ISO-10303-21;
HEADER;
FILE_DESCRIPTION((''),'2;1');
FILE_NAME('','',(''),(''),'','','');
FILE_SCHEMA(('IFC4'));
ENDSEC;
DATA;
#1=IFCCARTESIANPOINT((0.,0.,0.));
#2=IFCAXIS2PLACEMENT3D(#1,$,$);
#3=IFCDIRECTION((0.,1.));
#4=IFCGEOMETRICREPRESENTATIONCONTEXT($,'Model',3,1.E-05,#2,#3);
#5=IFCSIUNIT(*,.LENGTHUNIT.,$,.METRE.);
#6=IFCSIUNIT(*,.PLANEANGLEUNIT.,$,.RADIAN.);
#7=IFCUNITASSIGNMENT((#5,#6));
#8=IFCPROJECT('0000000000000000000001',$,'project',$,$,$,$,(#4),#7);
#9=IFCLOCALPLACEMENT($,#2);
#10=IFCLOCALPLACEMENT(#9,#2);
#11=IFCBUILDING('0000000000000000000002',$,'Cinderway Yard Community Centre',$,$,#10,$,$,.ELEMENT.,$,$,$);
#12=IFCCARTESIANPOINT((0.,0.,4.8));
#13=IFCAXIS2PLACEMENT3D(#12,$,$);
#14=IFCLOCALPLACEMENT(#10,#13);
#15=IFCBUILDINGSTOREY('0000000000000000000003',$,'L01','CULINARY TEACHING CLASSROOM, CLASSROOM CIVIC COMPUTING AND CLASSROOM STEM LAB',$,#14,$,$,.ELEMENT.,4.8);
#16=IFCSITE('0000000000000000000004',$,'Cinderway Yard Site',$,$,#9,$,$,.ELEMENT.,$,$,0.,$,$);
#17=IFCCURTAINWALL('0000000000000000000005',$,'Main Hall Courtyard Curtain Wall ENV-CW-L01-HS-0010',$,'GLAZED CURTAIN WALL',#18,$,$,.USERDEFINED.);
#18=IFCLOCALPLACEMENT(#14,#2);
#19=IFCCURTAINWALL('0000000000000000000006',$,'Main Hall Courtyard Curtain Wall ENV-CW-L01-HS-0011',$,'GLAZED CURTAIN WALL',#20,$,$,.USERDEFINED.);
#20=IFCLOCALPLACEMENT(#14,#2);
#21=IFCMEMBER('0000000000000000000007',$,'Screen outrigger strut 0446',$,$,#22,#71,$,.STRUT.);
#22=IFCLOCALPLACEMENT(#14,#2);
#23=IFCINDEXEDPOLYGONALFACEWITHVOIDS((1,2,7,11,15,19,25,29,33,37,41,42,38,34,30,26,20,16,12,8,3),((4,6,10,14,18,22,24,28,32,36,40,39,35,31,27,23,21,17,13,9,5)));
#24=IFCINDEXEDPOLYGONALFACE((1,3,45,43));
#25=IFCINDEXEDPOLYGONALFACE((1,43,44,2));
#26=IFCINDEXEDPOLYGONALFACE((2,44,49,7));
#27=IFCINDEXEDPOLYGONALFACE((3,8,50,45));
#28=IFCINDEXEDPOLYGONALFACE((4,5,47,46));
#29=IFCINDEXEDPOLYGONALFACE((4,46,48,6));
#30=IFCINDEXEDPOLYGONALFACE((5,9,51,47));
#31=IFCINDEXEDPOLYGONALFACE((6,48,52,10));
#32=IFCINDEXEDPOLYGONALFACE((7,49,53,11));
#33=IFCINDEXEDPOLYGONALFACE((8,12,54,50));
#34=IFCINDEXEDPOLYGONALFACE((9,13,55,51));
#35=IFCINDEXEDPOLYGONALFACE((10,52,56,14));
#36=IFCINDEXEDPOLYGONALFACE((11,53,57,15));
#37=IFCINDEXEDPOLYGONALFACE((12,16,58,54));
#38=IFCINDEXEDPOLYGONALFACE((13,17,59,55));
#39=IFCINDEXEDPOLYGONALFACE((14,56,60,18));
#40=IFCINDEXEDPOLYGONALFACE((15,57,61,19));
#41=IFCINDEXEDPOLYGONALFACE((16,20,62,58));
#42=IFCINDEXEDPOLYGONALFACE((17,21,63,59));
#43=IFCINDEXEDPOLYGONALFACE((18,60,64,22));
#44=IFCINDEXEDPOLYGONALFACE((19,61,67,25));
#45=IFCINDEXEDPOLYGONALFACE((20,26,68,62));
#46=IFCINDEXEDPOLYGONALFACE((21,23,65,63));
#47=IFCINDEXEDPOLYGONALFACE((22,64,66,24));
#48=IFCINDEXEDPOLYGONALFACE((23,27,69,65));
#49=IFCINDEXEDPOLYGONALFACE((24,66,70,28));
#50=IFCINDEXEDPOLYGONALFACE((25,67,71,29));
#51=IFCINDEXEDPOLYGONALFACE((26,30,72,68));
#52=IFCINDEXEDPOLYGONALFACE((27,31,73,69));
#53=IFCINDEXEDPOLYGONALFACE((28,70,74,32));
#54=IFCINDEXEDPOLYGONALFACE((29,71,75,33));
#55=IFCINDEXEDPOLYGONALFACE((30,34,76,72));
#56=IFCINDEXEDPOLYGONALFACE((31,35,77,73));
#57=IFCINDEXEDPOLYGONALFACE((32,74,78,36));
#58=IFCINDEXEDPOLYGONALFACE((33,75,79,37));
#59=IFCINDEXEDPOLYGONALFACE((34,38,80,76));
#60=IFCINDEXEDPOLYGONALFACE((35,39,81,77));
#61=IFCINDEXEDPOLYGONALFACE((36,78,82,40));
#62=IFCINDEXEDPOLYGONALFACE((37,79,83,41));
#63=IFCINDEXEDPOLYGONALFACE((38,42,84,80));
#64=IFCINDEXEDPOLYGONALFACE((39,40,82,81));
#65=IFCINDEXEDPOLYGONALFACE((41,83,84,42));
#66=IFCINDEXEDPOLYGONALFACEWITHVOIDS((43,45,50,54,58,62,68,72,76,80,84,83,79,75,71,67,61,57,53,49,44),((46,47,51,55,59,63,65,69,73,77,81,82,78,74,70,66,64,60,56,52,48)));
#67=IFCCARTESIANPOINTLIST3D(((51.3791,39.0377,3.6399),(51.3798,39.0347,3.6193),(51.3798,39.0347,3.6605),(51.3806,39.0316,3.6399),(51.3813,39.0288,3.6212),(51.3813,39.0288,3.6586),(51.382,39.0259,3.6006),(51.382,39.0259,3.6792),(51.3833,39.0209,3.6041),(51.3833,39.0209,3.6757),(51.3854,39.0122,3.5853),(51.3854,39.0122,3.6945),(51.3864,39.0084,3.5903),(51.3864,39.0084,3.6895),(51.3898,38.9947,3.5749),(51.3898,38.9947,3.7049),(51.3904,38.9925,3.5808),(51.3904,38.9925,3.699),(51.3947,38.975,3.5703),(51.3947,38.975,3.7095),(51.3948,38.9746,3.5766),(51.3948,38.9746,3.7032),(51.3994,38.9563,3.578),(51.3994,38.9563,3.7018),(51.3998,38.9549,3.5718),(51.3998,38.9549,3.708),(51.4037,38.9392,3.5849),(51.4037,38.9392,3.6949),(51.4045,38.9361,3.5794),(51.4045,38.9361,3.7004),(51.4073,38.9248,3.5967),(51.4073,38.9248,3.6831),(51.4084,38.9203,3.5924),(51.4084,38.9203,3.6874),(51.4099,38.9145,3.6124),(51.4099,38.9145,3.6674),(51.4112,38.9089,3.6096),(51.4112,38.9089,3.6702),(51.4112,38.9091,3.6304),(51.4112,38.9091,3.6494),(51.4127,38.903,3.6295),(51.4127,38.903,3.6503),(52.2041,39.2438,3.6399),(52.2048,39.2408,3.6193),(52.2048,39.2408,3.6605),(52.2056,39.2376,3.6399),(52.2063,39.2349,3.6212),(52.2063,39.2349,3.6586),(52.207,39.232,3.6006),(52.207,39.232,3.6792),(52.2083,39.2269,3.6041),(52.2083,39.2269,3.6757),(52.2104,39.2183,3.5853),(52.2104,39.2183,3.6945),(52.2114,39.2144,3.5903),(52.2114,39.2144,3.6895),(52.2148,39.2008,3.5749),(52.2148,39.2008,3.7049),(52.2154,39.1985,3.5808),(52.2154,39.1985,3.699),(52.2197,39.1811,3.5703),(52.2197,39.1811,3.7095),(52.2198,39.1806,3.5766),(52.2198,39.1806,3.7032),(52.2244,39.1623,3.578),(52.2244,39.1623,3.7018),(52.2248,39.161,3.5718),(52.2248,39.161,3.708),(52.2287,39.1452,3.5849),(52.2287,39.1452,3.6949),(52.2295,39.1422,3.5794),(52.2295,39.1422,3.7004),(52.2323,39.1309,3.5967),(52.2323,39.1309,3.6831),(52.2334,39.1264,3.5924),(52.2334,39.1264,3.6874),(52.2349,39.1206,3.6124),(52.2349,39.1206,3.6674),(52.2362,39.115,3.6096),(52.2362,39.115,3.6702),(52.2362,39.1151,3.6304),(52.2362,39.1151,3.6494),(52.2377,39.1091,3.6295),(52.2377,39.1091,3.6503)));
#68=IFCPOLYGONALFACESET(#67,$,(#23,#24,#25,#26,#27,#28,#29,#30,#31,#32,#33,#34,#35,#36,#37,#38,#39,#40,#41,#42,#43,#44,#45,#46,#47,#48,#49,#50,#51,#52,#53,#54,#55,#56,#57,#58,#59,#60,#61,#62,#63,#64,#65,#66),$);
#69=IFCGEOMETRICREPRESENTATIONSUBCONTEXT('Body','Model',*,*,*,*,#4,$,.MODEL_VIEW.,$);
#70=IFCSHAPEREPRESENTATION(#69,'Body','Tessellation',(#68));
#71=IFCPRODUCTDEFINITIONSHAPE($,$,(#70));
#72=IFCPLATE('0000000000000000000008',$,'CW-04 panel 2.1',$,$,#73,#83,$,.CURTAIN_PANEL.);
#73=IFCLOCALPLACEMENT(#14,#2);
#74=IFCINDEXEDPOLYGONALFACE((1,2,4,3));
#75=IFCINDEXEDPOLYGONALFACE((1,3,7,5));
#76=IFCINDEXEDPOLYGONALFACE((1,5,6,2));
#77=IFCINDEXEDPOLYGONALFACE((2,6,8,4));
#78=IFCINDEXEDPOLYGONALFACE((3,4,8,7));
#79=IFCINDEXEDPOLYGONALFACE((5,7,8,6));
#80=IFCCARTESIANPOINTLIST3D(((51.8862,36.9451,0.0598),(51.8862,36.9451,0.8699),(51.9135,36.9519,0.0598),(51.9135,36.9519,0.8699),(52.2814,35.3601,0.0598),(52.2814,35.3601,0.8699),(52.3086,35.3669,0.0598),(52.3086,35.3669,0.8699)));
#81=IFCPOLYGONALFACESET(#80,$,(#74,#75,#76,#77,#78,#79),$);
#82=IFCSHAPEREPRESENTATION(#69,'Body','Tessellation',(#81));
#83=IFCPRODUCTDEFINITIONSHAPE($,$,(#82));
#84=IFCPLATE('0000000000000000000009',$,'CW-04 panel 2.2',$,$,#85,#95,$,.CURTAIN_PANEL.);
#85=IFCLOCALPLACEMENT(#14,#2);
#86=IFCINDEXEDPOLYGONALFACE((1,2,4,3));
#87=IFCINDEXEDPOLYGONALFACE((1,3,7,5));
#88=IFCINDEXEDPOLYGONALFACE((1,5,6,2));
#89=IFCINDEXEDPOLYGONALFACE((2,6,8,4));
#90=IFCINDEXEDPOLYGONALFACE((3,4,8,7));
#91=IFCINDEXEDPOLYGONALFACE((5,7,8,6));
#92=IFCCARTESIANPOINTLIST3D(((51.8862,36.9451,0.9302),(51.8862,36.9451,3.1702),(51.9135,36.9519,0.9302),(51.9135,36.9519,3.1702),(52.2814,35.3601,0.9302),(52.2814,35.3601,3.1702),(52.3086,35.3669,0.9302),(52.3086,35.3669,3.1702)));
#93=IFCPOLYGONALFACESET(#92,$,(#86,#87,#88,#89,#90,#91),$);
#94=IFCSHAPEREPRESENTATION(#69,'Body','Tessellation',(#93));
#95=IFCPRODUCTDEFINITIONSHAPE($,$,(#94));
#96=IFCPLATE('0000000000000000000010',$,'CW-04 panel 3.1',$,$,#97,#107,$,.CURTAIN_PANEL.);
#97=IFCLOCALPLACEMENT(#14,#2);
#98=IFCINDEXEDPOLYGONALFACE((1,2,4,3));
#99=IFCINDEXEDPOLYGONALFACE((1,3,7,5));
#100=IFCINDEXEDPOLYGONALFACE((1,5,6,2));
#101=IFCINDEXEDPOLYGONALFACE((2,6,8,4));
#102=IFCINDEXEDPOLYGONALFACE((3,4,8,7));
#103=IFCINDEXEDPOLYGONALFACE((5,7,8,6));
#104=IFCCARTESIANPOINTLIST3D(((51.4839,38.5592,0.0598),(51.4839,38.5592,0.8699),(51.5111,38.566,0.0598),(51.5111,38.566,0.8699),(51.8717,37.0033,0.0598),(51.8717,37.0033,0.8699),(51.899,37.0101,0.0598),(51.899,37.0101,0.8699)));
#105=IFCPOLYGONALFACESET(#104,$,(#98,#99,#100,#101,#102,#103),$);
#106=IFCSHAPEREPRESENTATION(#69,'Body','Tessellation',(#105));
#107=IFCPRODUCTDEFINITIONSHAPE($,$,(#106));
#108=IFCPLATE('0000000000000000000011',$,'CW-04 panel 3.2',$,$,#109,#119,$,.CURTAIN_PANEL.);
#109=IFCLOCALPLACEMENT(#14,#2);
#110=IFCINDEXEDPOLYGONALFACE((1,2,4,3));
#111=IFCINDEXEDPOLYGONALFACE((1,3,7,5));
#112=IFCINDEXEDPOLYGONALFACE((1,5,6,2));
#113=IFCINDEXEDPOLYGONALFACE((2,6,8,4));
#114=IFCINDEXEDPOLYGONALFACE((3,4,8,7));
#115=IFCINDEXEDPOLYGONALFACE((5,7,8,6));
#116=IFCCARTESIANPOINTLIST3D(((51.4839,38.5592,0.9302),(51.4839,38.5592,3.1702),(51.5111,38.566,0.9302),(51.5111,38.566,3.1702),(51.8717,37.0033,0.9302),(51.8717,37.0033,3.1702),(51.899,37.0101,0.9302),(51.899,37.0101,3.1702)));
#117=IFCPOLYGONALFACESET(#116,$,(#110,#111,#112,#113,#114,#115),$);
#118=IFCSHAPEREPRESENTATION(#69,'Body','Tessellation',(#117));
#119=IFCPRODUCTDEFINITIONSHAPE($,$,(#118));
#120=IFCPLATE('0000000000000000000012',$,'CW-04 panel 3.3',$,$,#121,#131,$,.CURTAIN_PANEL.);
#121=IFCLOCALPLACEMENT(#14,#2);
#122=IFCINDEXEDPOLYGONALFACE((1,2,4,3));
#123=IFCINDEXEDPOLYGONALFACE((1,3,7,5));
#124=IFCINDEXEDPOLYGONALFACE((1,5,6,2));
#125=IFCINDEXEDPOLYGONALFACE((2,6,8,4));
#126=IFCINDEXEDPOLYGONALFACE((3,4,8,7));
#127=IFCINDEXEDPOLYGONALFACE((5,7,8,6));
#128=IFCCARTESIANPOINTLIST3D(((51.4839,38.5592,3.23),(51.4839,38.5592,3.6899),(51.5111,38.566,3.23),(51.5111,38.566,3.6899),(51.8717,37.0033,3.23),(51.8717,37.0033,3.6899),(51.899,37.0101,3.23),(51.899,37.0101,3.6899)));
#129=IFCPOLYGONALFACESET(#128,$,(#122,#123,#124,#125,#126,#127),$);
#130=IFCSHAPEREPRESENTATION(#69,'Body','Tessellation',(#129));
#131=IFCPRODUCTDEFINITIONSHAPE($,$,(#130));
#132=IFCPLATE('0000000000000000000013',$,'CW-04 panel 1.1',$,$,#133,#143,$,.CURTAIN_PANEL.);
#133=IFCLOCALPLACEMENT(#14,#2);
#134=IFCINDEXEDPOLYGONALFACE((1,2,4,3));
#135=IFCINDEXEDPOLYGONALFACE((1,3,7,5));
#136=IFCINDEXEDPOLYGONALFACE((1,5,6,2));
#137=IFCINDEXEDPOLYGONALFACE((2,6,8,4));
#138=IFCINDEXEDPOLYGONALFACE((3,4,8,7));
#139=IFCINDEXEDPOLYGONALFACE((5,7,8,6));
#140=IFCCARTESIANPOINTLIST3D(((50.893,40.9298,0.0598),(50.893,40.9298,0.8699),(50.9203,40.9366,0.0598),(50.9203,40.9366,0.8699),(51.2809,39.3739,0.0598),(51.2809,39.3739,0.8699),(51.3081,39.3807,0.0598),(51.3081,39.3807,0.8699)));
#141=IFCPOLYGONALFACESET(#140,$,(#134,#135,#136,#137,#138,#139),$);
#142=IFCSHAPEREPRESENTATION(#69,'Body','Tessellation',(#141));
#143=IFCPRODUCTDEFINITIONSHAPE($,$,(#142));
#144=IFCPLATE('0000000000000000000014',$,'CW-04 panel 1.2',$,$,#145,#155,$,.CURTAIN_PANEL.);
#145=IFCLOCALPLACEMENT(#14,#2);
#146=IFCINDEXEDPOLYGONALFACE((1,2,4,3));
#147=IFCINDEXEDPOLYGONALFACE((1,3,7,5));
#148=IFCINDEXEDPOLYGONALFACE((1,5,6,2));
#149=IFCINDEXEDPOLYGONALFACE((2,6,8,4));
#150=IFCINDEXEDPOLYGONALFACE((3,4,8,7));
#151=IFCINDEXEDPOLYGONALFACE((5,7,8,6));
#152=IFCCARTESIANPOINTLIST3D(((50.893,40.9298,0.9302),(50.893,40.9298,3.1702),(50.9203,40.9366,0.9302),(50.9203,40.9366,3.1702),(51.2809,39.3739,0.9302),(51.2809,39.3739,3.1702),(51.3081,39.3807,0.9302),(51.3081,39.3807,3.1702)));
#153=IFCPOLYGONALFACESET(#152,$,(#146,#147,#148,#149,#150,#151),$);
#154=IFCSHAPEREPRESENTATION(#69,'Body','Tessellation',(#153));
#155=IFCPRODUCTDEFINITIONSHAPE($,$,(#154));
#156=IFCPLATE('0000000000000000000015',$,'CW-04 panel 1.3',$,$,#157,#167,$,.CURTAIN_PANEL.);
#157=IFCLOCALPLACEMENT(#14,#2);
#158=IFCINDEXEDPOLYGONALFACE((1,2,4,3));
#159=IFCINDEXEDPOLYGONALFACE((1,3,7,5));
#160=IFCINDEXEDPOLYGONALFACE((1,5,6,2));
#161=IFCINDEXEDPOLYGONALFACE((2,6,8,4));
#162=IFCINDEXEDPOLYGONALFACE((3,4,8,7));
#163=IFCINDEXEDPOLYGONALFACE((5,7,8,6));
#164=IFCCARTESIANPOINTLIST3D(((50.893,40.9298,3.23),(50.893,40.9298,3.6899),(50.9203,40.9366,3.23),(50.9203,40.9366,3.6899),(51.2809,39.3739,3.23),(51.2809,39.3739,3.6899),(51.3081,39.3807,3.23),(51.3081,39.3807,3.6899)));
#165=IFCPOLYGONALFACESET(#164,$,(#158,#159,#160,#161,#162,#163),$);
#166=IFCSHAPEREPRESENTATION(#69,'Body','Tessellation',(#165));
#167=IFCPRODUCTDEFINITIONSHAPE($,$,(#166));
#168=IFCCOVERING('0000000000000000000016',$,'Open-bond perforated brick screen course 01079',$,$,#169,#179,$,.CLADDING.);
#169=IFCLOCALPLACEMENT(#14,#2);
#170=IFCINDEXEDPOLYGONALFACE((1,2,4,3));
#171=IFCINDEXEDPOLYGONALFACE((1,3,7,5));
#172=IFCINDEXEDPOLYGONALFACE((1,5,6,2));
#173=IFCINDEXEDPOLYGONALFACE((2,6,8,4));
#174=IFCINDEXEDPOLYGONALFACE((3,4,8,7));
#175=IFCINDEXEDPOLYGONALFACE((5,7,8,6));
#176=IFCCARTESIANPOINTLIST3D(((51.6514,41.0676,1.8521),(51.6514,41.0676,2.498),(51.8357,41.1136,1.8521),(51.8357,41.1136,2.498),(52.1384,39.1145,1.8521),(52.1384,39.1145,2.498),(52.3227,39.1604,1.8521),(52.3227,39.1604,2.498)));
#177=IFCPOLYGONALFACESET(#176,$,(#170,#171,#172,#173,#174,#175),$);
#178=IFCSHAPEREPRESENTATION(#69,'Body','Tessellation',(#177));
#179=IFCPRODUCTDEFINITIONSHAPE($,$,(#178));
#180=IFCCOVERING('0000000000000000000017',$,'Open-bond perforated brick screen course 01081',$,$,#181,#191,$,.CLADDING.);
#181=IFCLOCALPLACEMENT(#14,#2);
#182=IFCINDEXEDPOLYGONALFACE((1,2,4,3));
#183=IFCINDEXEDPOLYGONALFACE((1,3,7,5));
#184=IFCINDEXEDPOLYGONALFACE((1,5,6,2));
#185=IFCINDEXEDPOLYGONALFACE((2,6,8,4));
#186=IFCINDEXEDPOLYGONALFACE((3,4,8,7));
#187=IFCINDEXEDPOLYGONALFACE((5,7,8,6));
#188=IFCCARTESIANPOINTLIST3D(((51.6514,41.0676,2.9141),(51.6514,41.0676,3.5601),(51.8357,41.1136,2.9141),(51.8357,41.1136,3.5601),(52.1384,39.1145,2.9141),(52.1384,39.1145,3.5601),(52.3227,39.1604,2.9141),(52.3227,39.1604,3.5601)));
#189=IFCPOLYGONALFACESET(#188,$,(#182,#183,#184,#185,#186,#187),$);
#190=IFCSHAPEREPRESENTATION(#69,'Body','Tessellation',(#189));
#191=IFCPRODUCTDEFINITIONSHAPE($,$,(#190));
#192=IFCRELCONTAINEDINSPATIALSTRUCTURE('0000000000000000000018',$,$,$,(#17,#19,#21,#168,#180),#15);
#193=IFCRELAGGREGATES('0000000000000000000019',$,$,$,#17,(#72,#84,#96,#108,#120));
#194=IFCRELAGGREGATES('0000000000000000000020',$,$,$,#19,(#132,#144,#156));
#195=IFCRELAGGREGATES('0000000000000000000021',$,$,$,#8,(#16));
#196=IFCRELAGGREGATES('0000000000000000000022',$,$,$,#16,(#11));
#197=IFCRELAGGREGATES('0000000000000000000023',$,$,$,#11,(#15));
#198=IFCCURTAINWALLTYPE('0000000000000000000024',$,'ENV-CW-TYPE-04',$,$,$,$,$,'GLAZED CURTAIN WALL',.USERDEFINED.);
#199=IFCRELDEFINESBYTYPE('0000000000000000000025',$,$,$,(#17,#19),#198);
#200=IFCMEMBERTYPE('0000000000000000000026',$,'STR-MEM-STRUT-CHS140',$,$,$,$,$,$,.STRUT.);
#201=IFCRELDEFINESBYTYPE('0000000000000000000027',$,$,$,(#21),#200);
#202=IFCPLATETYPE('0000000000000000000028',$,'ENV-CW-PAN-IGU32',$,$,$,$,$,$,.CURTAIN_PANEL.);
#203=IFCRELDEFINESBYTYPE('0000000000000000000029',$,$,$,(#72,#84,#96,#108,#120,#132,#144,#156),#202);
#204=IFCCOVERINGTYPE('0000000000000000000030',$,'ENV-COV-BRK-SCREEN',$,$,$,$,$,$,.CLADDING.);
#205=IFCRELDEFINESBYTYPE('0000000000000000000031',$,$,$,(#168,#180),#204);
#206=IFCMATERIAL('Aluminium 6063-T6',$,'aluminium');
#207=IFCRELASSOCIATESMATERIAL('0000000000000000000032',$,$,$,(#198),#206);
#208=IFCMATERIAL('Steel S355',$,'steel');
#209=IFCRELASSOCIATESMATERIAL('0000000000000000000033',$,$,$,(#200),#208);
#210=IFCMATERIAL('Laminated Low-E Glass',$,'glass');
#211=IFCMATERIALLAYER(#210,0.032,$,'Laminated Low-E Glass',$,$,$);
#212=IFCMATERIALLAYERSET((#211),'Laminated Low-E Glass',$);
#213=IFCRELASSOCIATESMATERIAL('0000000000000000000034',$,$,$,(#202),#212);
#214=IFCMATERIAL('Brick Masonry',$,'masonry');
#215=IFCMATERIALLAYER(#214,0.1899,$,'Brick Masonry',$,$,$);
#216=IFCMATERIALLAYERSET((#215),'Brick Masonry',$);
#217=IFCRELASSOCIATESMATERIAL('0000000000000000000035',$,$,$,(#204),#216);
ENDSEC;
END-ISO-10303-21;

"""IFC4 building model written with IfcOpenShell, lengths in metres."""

from ifc_helpers import new_model, si_unit, direction, frame, origin, origin_2d, place, context, subcontext, project, spatial, rectangle, hollow_circle, extrude, material, layer, layer_set, material_profile, profile_set, type_object, element, aggregate, save


model = new_model("IFC4")

# Units and contexts
model_context = context("Model", 3, precision=1e-05, world=origin(), true_north=direction((0.0, 1.0)))
body_context = subcontext(model_context, "Body", "Model", "MODEL_VIEW")
ifc_project = project(units=[si_unit("LENGTHUNIT", "METRE"), si_unit("PLANEANGLEUNIT", "RADIAN")], contexts=[model_context])

# Site, building, storey
site_placement = place(None, origin())
site = spatial("IfcSite", under=ifc_project, at=site_placement, Name="Cinderway Yard Site", CompositionType="ELEMENT", RefElevation=0.0)
building_placement = place(site_placement, origin())
building = spatial("IfcBuilding", under=site, at=building_placement, Name="Cinderway Yard Community Centre", CompositionType="ELEMENT")
storey_placement = place(building_placement, frame((0.0, 0.0, 4.8)))
storey = spatial("IfcBuildingStorey", under=building, at=storey_placement, Name="L01", Description="CULINARY TEACHING CLASSROOM, CLASSROOM CIVIC COMPUTING AND CLASSROOM STEM LAB", CompositionType="ELEMENT", Elevation=4.8)

# Curtain walls
ifc_material_1 = material(Name="Aluminium 6063-T6", Category="aluminium")
curtain_wall_type = type_object("IfcCurtainWallType", Name="ENV-CW-TYPE-04", ElementType="GLAZED CURTAIN WALL", PredefinedType="USERDEFINED", material=ifc_material_1)
curtain_wall_1_placement = place(storey_placement, origin())
curtain_wall_1 = element("IfcCurtainWall", 1, at=curtain_wall_1_placement, inside=storey, type_object=curtain_wall_type, Name="Main Hall Courtyard Curtain Wall ENV-CW-L01-HS-0010", ObjectType="GLAZED CURTAIN WALL", PredefinedType="USERDEFINED")
curtain_wall_2_placement = place(storey_placement, origin())
curtain_wall_2 = element("IfcCurtainWall", 2, at=curtain_wall_2_placement, inside=storey, type_object=curtain_wall_type, Name="Main Hall Courtyard Curtain Wall ENV-CW-L01-HS-0011", ObjectType="GLAZED CURTAIN WALL", PredefinedType="USERDEFINED")

# Shared definitions
ifc_material_2 = material(Name="Steel S355", Category="steel")

# Member
ifc_material_profile_1 = material_profile(ifc_material_2, hollow_circle(Radius=0.0698, WallThickness=0.0063, at=origin_2d()), Name="Steel S355")
ifc_profile_set_1 = profile_set([ifc_material_profile_1], Name="Steel S355")
member_type_1 = type_object("IfcMemberType", Name="STR-MEM-STRUT-CHS140", PredefinedType="STRUT", material=ifc_profile_set_1)
for number, where, z_axis, x_axis, name in (
    (3, (51.396, 38.97, 3.6399), (0.970193, 0.242333, 0.0), (-0.242333, 0.970193, 0.0), "Screen outrigger strut 0446"),
):
    element("IfcMember", number, at=place(storey_placement, frame(where, z_axis=z_axis, x_axis=x_axis)), inside=storey, type_object=member_type_1, Name=name, PredefinedType="STRUT", context=body_context, shape_type="SweptSolid", body=[
        extrude(hollow_circle(Radius=0.0698, WallThickness=0.0063, at=origin_2d()), origin(), (0.0, 0.0, 1.0), 0.8503),
    ])

# Plates
ifc_material_3 = material(Name="Laminated Low-E Glass", Category="glass")
ifc_layer_1 = layer(ifc_material_3, 0.032, Name="Laminated Low-E Glass")
ifc_layer_set_1 = layer_set([ifc_layer_1], Name="Laminated Low-E Glass")
plate_type = type_object("IfcPlateType", Name="ENV-CW-PAN-IGU32", PredefinedType="CURTAIN_PANEL", material=ifc_layer_set_1)
plate_1_placement = place(storey_placement, frame((52.0974, 36.156, 0.0598), z_axis=(0.0, 0.0, 1.0), x_axis=(-0.241887, 0.970304, 0.0)))
plate_1 = element("IfcPlate", 4, at=plate_1_placement, type_object=plate_type, Name="CW-04 panel 2.1", PredefinedType="CURTAIN_PANEL", context=body_context, shape_type="SweptSolid", body=[
    extrude(rectangle(XDim=1.6335, YDim=0.0281, at=origin_2d()), origin(), (0.0, 0.0, 1.0), 0.8101),
])
plate_2_placement = place(storey_placement, frame((52.0974, 36.156, 0.9302), z_axis=(0.0, 0.0, 1.0), x_axis=(-0.241887, 0.970304, 0.0)))
plate_2 = element("IfcPlate", 5, at=plate_2_placement, type_object=plate_type, Name="CW-04 panel 2.2", PredefinedType="CURTAIN_PANEL", context=body_context, shape_type="SweptSolid", body=[
    extrude(rectangle(XDim=1.6335, YDim=0.0281, at=origin_2d()), origin(), (0.0, 0.0, 1.0), 2.24),
])
plate_3_placement = place(storey_placement, frame((51.6914, 37.7847, 0.0598), z_axis=(0.0, 0.0, 1.0), x_axis=(-0.241887, 0.970304, 0.0)))
plate_3 = element("IfcPlate", 6, at=plate_3_placement, type_object=plate_type, Name="CW-04 panel 3.1", PredefinedType="CURTAIN_PANEL", context=body_context, shape_type="SweptSolid", body=[
    extrude(rectangle(XDim=1.6035, YDim=0.0281, at=origin_2d()), origin(), (0.0, 0.0, 1.0), 0.8101),
])
plate_4_placement = place(storey_placement, frame((51.6914, 37.7847, 0.9302), z_axis=(0.0, 0.0, 1.0), x_axis=(-0.241887, 0.970304, 0.0)))
plate_4 = element("IfcPlate", 7, at=plate_4_placement, type_object=plate_type, Name="CW-04 panel 3.2", PredefinedType="CURTAIN_PANEL", context=body_context, shape_type="SweptSolid", body=[
    extrude(rectangle(XDim=1.6035, YDim=0.0281, at=origin_2d()), origin(), (0.0, 0.0, 1.0), 2.24),
])
plate_5_placement = place(storey_placement, frame((51.6914, 37.7847, 3.23), z_axis=(0.0, 0.0, 1.0), x_axis=(-0.241887, 0.970304, 0.0)))
plate_5 = element("IfcPlate", 8, at=plate_5_placement, type_object=plate_type, Name="CW-04 panel 3.3", PredefinedType="CURTAIN_PANEL", context=body_context, shape_type="SweptSolid", body=[
    extrude(rectangle(XDim=1.6035, YDim=0.0281, at=origin_2d()), origin(), (0.0, 0.0, 1.0), 0.46),
])
aggregate(curtain_wall_1, [plate_1, plate_2, plate_3, plate_4, plate_5])
plate_6_placement = place(storey_placement, frame((51.1006, 40.1553, 0.0598), z_axis=(0.0, 0.0, 1.0), x_axis=(-0.241887, 0.970304, 0.0)))
plate_6 = element("IfcPlate", 9, at=plate_6_placement, type_object=plate_type, Name="CW-04 panel 1.1", PredefinedType="CURTAIN_PANEL", context=body_context, shape_type="SweptSolid", body=[
    extrude(rectangle(XDim=1.6035, YDim=0.0281, at=origin_2d()), origin(), (0.0, 0.0, 1.0), 0.8101),
])
plate_7_placement = place(storey_placement, frame((51.1006, 40.1553, 0.9302), z_axis=(0.0, 0.0, 1.0), x_axis=(-0.241887, 0.970304, 0.0)))
plate_7 = element("IfcPlate", 10, at=plate_7_placement, type_object=plate_type, Name="CW-04 panel 1.2", PredefinedType="CURTAIN_PANEL", context=body_context, shape_type="SweptSolid", body=[
    extrude(rectangle(XDim=1.6035, YDim=0.0281, at=origin_2d()), origin(), (0.0, 0.0, 1.0), 2.24),
])
plate_8_placement = place(storey_placement, frame((51.1006, 40.1553, 3.23), z_axis=(0.0, 0.0, 1.0), x_axis=(-0.241887, 0.970304, 0.0)))
plate_8 = element("IfcPlate", 11, at=plate_8_placement, type_object=plate_type, Name="CW-04 panel 1.3", PredefinedType="CURTAIN_PANEL", context=body_context, shape_type="SweptSolid", body=[
    extrude(rectangle(XDim=1.6035, YDim=0.0281, at=origin_2d()), origin(), (0.0, 0.0, 1.0), 0.46),
])
aggregate(curtain_wall_2, [plate_6, plate_7, plate_8])

# Coverings
ifc_material_4 = material(Name="Brick Masonry", Category="masonry")
ifc_layer_2 = layer(ifc_material_4, 0.1899, Name="Brick Masonry")
ifc_layer_set_2 = layer_set([ifc_layer_2], Name="Brick Masonry")
covering_type = type_object("IfcCoveringType", Name="ENV-COV-BRK-SCREEN", PredefinedType="CLADDING", material=ifc_layer_set_2)
for number, where, z_axis, x_axis, name in (
    (12, (51.9871, 40.114, 1.8521), (0.0, 0.0, 1.0), (0.241922, -0.970296, 0.0), "Open-bond perforated brick screen course 01079"),
    (13, (51.9871, 40.114, 2.9141), (0.0, 0.0, 1.0), (0.241922, -0.970296, 0.0), "Open-bond perforated brick screen course 01081"),
):
    element("IfcCovering", number, at=place(storey_placement, frame(where, z_axis=z_axis, x_axis=x_axis)), inside=storey, type_object=covering_type, Name=name, PredefinedType="CLADDING", context=body_context, shape_type="SweptSolid", body=[
        extrude(rectangle(XDim=2.0129, YDim=0.1899, at=origin_2d()), origin(), (0.0, 0.0, 1.0), 0.646),
    ])

save(model, "model.ifc")
